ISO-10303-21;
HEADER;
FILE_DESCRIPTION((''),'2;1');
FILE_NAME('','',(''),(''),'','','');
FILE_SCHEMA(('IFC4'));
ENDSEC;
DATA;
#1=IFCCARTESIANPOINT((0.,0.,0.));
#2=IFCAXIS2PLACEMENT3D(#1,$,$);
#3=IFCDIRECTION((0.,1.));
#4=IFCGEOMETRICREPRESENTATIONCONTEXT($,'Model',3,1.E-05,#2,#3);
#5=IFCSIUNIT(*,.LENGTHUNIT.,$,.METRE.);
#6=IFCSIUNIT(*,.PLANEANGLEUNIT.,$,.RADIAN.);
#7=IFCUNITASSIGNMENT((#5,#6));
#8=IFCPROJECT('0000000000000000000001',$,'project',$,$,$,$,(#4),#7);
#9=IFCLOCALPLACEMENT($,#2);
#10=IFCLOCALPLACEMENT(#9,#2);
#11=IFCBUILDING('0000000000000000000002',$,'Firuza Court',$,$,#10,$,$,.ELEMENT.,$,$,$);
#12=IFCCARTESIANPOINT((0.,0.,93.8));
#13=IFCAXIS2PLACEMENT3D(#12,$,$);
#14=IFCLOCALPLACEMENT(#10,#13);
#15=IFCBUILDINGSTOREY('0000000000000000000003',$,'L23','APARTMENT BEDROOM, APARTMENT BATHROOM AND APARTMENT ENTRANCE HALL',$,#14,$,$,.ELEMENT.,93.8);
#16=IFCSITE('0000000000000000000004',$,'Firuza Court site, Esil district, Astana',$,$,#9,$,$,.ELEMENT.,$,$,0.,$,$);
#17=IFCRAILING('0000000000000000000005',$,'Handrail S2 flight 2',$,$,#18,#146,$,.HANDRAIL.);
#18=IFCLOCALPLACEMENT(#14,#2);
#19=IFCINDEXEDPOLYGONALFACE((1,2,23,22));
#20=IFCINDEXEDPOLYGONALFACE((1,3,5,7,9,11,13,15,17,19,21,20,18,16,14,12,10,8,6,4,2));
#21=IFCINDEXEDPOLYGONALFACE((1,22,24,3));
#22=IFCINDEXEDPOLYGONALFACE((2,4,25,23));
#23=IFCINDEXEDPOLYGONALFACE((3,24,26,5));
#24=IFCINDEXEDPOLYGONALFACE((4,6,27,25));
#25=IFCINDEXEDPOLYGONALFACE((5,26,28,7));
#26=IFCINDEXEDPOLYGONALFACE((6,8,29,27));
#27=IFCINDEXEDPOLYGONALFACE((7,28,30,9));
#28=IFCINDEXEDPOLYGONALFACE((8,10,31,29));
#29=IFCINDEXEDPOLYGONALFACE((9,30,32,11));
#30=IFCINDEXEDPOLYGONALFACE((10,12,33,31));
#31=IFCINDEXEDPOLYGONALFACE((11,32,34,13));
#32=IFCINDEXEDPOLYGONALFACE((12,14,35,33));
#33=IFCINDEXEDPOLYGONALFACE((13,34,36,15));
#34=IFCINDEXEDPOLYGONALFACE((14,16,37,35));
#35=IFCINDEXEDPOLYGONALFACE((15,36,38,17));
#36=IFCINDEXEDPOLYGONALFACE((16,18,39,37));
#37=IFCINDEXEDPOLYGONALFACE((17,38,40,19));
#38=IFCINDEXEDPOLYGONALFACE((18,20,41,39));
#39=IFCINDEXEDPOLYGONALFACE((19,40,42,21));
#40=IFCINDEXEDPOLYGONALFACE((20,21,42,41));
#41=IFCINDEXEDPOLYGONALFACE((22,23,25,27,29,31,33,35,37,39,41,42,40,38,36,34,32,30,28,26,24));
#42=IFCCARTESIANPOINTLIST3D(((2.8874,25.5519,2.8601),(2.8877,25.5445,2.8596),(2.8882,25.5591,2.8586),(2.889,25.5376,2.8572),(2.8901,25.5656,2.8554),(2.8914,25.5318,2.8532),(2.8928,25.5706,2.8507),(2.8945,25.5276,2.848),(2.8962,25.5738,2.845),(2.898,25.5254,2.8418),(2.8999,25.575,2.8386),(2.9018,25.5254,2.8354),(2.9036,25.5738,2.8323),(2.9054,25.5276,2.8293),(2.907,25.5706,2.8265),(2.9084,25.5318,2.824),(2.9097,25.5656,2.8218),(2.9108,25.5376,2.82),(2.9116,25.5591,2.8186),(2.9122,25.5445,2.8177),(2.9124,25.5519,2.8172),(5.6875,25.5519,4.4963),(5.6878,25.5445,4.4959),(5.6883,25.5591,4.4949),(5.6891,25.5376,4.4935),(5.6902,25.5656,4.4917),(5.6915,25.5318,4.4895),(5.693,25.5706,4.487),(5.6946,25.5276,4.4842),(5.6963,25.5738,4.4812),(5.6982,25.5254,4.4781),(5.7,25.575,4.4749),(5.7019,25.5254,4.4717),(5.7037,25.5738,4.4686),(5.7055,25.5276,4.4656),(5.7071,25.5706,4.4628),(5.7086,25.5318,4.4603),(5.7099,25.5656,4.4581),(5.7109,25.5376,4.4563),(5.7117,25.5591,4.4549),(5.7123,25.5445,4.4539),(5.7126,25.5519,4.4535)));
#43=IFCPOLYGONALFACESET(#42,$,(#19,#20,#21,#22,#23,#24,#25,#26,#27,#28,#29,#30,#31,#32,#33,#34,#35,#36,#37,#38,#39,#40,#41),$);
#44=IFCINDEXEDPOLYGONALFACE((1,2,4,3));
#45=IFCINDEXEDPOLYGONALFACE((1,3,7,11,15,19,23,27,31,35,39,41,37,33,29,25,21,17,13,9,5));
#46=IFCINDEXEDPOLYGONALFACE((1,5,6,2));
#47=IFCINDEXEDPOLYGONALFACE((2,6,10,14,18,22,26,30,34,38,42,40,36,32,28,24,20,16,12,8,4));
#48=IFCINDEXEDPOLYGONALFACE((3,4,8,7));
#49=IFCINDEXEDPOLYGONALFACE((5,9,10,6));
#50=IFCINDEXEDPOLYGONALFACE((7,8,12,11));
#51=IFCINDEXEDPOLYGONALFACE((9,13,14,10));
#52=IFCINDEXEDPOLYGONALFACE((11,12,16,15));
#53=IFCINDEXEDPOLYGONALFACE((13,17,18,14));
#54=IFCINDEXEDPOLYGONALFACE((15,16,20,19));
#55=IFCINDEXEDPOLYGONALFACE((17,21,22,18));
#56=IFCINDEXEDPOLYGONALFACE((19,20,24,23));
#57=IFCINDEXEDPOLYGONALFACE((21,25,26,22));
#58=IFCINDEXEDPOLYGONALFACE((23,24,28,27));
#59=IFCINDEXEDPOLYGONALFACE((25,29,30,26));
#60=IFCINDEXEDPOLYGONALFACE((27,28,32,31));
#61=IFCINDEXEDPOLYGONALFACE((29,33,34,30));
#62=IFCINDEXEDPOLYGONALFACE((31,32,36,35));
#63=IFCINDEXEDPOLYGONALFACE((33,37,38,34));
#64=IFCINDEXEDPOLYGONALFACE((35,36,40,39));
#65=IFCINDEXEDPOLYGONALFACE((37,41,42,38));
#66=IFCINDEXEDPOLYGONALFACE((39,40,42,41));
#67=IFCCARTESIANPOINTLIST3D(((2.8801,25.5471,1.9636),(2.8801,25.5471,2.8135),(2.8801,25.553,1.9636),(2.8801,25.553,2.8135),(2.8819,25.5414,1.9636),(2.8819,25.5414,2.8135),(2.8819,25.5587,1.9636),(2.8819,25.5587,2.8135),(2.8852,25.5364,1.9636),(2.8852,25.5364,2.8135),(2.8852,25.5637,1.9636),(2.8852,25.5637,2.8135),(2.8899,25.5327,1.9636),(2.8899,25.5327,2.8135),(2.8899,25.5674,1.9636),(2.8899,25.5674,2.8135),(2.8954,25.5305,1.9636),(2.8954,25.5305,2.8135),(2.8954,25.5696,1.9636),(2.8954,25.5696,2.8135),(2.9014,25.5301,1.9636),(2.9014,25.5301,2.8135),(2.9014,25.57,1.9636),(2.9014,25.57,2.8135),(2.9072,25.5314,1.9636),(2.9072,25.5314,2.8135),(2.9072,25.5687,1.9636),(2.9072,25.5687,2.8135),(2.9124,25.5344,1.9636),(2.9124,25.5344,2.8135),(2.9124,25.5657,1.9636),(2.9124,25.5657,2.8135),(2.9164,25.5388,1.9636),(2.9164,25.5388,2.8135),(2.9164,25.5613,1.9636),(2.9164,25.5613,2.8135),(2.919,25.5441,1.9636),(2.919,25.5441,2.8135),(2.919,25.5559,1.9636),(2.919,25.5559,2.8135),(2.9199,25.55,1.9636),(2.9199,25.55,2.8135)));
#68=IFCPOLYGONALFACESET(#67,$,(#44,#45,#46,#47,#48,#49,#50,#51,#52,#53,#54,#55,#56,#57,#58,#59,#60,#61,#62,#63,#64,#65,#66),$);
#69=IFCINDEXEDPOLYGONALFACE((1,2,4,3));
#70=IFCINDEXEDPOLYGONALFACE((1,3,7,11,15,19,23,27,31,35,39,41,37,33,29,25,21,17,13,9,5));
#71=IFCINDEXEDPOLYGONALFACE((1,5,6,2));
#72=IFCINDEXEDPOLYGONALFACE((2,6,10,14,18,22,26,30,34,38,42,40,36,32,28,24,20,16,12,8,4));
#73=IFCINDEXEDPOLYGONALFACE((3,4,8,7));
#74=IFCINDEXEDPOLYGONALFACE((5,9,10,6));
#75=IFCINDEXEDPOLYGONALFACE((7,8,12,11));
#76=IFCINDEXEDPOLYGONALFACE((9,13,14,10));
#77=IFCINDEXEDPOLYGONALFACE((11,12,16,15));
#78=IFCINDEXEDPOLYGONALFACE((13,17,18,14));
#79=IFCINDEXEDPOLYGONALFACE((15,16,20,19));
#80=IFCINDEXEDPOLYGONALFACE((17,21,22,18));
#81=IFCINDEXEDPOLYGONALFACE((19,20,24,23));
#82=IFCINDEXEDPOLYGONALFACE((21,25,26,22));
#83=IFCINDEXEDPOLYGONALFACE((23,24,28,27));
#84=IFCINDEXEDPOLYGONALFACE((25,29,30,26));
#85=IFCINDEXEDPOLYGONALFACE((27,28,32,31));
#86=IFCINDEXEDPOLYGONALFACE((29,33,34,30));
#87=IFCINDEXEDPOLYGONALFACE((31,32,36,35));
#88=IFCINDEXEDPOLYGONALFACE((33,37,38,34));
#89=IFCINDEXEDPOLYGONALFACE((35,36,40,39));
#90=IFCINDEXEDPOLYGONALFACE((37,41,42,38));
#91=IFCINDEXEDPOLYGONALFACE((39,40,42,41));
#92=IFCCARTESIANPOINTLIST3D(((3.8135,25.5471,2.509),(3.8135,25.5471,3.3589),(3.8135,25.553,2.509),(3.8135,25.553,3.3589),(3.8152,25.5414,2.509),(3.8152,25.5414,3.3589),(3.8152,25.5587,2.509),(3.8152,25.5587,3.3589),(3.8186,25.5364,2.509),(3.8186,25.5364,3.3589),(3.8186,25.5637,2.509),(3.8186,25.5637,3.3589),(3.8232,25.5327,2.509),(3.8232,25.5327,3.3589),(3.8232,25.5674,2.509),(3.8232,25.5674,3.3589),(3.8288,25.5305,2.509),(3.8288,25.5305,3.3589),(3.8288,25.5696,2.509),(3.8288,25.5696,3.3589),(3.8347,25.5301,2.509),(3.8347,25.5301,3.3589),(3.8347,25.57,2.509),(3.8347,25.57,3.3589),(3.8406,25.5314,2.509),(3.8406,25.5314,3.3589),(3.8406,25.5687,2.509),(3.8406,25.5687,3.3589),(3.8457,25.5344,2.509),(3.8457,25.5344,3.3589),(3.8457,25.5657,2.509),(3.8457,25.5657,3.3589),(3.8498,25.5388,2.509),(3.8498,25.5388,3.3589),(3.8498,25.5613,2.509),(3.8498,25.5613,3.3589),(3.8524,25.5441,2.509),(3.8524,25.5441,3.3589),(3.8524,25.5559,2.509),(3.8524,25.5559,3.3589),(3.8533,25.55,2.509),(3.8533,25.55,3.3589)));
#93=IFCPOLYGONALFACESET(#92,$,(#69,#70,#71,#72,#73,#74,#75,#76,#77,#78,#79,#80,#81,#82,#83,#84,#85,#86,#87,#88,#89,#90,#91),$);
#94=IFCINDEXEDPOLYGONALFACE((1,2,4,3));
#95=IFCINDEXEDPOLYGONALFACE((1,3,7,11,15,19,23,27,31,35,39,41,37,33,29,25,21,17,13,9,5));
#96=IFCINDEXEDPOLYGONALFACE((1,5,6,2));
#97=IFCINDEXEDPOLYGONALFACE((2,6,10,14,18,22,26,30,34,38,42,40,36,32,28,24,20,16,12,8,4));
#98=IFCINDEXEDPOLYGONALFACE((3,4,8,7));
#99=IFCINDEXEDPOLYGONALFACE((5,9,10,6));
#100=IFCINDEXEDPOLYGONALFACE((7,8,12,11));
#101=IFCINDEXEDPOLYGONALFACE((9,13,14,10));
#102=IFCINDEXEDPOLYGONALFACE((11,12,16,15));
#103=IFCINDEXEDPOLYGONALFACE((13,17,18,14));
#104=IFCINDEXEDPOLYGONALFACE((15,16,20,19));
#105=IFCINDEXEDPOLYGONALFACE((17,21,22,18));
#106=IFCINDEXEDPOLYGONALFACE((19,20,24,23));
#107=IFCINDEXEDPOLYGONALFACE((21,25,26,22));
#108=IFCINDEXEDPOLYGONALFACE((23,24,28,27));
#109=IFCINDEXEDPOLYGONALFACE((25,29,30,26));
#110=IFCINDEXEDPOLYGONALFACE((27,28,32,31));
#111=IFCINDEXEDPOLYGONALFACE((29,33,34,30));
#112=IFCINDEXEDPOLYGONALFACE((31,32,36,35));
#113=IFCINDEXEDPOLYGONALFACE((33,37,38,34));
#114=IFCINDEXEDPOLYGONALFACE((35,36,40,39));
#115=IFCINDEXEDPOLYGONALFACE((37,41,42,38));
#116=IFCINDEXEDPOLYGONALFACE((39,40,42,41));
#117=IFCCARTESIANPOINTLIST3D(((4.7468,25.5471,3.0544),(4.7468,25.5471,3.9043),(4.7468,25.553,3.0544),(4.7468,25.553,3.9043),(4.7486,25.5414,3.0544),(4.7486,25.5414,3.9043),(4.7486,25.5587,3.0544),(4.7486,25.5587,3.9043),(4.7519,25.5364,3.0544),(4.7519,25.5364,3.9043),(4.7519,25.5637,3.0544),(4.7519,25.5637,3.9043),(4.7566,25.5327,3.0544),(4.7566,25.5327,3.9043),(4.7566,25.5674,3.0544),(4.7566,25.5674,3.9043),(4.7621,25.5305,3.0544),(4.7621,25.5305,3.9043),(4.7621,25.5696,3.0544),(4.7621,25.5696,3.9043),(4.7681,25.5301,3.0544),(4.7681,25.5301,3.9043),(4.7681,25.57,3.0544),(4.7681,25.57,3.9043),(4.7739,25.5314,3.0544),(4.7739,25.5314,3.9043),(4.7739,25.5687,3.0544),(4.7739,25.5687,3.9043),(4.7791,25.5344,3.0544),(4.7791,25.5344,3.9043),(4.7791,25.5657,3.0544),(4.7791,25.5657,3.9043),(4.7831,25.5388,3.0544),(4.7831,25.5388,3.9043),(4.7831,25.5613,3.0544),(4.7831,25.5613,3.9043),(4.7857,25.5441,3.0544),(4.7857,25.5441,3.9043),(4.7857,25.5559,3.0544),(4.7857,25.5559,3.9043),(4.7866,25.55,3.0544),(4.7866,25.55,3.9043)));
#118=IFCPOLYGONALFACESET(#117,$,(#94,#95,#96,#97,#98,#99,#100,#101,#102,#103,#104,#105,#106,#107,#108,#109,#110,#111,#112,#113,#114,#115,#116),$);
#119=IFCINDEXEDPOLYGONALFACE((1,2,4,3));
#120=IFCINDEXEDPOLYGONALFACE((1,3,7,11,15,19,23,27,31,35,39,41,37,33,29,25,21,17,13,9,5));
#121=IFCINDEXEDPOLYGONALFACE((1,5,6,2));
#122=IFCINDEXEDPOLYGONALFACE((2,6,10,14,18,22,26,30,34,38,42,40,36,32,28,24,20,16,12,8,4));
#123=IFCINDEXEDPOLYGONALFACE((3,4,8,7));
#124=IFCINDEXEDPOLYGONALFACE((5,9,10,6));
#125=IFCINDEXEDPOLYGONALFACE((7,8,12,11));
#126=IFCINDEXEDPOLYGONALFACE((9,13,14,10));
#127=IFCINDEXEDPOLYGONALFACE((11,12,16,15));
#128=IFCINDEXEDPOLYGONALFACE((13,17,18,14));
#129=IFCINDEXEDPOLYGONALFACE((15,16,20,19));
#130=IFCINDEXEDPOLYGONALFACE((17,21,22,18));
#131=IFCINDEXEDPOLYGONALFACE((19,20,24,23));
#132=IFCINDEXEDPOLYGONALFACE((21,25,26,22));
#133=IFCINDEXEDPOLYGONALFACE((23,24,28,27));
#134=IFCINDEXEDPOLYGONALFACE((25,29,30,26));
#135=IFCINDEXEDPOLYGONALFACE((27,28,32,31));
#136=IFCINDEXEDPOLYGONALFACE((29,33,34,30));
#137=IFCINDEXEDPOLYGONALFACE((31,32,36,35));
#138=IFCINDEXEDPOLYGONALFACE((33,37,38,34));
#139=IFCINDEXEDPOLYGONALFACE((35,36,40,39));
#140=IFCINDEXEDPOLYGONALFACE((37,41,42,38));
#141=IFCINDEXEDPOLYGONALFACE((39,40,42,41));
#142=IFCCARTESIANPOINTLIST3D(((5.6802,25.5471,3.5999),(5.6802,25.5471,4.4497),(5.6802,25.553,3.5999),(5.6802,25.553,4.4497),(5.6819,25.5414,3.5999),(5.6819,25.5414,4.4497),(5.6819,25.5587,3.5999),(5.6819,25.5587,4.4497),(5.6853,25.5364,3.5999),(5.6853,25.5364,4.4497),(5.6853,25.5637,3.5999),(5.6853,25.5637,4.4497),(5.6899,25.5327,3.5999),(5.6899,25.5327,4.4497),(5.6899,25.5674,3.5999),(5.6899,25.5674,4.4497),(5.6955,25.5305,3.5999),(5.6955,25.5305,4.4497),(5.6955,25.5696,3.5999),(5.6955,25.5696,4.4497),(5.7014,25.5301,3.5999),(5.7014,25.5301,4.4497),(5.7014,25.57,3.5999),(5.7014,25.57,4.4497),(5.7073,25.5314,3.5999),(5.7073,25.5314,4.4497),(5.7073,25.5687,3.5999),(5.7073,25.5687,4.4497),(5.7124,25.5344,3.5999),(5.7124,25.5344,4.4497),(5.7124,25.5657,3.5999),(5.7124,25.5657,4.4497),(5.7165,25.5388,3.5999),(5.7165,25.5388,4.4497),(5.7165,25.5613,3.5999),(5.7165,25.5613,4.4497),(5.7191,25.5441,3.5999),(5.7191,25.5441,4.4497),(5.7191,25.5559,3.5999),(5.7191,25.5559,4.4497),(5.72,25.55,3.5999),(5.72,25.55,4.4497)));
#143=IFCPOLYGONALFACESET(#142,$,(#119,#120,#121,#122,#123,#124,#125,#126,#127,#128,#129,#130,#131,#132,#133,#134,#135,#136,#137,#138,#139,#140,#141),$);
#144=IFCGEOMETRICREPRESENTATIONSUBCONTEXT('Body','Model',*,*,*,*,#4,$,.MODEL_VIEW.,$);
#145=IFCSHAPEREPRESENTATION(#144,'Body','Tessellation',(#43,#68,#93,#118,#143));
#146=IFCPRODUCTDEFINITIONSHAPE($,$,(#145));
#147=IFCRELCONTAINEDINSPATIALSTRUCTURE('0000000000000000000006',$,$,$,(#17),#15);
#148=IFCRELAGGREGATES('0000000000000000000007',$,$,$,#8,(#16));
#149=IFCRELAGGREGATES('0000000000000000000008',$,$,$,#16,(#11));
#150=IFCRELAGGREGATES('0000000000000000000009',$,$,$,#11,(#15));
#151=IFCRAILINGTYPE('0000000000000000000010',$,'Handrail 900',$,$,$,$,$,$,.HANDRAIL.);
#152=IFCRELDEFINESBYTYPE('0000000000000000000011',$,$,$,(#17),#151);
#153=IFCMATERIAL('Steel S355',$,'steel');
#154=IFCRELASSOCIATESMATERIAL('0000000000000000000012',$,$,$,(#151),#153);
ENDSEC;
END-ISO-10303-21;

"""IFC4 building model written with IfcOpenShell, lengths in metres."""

from ifc_helpers import new_model, si_unit, direction, frame, origin, origin_2d, place, context, subcontext, project, spatial, circle, extrude, material, type_object, element, save


model = new_model("IFC4")

# Units and contexts
model_context = context("Model", 3, precision=1e-05, world=origin(), true_north=direction((0.0, 1.0)))
body_context = subcontext(model_context, "Body", "Model", "MODEL_VIEW")
ifc_project = project(units=[si_unit("LENGTHUNIT", "METRE"), si_unit("PLANEANGLEUNIT", "RADIAN")], contexts=[model_context])

# Site, building, storey
site_placement = place(None, origin())
site = spatial("IfcSite", under=ifc_project, at=site_placement, Name="Firuza Court site, Esil district, Astana", CompositionType="ELEMENT", RefElevation=0.0)
building_placement = place(site_placement, origin())
building = spatial("IfcBuilding", under=site, at=building_placement, Name="Firuza Court", CompositionType="ELEMENT")
storey_placement = place(building_placement, frame((0.0, 0.0, 93.8)))
storey = spatial("IfcBuildingStorey", under=building, at=storey_placement, Name="L23", Description="APARTMENT BEDROOM, APARTMENT BATHROOM AND APARTMENT ENTRANCE HALL", CompositionType="ELEMENT", Elevation=93.8)

# Railing
ifc_material_1 = material(Name="Steel S355", Category="steel")
railing_type_1 = type_object("IfcRailingType", Name="Handrail 900", PredefinedType="HANDRAIL", material=ifc_material_1)
railing_1_placement = place(storey_placement, frame((2.8999, 25.55, 1.9636)))
element("IfcRailing", 1, at=railing_1_placement, inside=storey, type_object=railing_type_1, Name="Handrail S2 flight 2", PredefinedType="HANDRAIL", context=body_context, shape_type="SweptSolid", body=[
    extrude(circle(Radius=0.0249, at=origin_2d()), frame((0.0, 0.0, 0.875), z_axis=(0.863394, 0.0, 0.504531), x_axis=(0.0, 1.0, 0.0)), (0.0, 0.0, 1.0), 3.2432),
    extrude(circle(Radius=0.02, at=origin_2d()), origin(), (0.0, 0.0, 1.0), 0.8499),
    extrude(circle(Radius=0.02, at=origin_2d()), frame((0.9333, 0.0, 0.5454)), (0.0, 0.0, 1.0), 0.8499),
    extrude(circle(Radius=0.02, at=origin_2d()), frame((1.8667, 0.0, 1.0908)), (0.0, 0.0, 1.0), 0.8499),
    extrude(circle(Radius=0.02, at=origin_2d()), frame((2.8, 0.0, 1.6362)), (0.0, 0.0, 1.0), 0.8499),
])

save(model, "model.ifc")
